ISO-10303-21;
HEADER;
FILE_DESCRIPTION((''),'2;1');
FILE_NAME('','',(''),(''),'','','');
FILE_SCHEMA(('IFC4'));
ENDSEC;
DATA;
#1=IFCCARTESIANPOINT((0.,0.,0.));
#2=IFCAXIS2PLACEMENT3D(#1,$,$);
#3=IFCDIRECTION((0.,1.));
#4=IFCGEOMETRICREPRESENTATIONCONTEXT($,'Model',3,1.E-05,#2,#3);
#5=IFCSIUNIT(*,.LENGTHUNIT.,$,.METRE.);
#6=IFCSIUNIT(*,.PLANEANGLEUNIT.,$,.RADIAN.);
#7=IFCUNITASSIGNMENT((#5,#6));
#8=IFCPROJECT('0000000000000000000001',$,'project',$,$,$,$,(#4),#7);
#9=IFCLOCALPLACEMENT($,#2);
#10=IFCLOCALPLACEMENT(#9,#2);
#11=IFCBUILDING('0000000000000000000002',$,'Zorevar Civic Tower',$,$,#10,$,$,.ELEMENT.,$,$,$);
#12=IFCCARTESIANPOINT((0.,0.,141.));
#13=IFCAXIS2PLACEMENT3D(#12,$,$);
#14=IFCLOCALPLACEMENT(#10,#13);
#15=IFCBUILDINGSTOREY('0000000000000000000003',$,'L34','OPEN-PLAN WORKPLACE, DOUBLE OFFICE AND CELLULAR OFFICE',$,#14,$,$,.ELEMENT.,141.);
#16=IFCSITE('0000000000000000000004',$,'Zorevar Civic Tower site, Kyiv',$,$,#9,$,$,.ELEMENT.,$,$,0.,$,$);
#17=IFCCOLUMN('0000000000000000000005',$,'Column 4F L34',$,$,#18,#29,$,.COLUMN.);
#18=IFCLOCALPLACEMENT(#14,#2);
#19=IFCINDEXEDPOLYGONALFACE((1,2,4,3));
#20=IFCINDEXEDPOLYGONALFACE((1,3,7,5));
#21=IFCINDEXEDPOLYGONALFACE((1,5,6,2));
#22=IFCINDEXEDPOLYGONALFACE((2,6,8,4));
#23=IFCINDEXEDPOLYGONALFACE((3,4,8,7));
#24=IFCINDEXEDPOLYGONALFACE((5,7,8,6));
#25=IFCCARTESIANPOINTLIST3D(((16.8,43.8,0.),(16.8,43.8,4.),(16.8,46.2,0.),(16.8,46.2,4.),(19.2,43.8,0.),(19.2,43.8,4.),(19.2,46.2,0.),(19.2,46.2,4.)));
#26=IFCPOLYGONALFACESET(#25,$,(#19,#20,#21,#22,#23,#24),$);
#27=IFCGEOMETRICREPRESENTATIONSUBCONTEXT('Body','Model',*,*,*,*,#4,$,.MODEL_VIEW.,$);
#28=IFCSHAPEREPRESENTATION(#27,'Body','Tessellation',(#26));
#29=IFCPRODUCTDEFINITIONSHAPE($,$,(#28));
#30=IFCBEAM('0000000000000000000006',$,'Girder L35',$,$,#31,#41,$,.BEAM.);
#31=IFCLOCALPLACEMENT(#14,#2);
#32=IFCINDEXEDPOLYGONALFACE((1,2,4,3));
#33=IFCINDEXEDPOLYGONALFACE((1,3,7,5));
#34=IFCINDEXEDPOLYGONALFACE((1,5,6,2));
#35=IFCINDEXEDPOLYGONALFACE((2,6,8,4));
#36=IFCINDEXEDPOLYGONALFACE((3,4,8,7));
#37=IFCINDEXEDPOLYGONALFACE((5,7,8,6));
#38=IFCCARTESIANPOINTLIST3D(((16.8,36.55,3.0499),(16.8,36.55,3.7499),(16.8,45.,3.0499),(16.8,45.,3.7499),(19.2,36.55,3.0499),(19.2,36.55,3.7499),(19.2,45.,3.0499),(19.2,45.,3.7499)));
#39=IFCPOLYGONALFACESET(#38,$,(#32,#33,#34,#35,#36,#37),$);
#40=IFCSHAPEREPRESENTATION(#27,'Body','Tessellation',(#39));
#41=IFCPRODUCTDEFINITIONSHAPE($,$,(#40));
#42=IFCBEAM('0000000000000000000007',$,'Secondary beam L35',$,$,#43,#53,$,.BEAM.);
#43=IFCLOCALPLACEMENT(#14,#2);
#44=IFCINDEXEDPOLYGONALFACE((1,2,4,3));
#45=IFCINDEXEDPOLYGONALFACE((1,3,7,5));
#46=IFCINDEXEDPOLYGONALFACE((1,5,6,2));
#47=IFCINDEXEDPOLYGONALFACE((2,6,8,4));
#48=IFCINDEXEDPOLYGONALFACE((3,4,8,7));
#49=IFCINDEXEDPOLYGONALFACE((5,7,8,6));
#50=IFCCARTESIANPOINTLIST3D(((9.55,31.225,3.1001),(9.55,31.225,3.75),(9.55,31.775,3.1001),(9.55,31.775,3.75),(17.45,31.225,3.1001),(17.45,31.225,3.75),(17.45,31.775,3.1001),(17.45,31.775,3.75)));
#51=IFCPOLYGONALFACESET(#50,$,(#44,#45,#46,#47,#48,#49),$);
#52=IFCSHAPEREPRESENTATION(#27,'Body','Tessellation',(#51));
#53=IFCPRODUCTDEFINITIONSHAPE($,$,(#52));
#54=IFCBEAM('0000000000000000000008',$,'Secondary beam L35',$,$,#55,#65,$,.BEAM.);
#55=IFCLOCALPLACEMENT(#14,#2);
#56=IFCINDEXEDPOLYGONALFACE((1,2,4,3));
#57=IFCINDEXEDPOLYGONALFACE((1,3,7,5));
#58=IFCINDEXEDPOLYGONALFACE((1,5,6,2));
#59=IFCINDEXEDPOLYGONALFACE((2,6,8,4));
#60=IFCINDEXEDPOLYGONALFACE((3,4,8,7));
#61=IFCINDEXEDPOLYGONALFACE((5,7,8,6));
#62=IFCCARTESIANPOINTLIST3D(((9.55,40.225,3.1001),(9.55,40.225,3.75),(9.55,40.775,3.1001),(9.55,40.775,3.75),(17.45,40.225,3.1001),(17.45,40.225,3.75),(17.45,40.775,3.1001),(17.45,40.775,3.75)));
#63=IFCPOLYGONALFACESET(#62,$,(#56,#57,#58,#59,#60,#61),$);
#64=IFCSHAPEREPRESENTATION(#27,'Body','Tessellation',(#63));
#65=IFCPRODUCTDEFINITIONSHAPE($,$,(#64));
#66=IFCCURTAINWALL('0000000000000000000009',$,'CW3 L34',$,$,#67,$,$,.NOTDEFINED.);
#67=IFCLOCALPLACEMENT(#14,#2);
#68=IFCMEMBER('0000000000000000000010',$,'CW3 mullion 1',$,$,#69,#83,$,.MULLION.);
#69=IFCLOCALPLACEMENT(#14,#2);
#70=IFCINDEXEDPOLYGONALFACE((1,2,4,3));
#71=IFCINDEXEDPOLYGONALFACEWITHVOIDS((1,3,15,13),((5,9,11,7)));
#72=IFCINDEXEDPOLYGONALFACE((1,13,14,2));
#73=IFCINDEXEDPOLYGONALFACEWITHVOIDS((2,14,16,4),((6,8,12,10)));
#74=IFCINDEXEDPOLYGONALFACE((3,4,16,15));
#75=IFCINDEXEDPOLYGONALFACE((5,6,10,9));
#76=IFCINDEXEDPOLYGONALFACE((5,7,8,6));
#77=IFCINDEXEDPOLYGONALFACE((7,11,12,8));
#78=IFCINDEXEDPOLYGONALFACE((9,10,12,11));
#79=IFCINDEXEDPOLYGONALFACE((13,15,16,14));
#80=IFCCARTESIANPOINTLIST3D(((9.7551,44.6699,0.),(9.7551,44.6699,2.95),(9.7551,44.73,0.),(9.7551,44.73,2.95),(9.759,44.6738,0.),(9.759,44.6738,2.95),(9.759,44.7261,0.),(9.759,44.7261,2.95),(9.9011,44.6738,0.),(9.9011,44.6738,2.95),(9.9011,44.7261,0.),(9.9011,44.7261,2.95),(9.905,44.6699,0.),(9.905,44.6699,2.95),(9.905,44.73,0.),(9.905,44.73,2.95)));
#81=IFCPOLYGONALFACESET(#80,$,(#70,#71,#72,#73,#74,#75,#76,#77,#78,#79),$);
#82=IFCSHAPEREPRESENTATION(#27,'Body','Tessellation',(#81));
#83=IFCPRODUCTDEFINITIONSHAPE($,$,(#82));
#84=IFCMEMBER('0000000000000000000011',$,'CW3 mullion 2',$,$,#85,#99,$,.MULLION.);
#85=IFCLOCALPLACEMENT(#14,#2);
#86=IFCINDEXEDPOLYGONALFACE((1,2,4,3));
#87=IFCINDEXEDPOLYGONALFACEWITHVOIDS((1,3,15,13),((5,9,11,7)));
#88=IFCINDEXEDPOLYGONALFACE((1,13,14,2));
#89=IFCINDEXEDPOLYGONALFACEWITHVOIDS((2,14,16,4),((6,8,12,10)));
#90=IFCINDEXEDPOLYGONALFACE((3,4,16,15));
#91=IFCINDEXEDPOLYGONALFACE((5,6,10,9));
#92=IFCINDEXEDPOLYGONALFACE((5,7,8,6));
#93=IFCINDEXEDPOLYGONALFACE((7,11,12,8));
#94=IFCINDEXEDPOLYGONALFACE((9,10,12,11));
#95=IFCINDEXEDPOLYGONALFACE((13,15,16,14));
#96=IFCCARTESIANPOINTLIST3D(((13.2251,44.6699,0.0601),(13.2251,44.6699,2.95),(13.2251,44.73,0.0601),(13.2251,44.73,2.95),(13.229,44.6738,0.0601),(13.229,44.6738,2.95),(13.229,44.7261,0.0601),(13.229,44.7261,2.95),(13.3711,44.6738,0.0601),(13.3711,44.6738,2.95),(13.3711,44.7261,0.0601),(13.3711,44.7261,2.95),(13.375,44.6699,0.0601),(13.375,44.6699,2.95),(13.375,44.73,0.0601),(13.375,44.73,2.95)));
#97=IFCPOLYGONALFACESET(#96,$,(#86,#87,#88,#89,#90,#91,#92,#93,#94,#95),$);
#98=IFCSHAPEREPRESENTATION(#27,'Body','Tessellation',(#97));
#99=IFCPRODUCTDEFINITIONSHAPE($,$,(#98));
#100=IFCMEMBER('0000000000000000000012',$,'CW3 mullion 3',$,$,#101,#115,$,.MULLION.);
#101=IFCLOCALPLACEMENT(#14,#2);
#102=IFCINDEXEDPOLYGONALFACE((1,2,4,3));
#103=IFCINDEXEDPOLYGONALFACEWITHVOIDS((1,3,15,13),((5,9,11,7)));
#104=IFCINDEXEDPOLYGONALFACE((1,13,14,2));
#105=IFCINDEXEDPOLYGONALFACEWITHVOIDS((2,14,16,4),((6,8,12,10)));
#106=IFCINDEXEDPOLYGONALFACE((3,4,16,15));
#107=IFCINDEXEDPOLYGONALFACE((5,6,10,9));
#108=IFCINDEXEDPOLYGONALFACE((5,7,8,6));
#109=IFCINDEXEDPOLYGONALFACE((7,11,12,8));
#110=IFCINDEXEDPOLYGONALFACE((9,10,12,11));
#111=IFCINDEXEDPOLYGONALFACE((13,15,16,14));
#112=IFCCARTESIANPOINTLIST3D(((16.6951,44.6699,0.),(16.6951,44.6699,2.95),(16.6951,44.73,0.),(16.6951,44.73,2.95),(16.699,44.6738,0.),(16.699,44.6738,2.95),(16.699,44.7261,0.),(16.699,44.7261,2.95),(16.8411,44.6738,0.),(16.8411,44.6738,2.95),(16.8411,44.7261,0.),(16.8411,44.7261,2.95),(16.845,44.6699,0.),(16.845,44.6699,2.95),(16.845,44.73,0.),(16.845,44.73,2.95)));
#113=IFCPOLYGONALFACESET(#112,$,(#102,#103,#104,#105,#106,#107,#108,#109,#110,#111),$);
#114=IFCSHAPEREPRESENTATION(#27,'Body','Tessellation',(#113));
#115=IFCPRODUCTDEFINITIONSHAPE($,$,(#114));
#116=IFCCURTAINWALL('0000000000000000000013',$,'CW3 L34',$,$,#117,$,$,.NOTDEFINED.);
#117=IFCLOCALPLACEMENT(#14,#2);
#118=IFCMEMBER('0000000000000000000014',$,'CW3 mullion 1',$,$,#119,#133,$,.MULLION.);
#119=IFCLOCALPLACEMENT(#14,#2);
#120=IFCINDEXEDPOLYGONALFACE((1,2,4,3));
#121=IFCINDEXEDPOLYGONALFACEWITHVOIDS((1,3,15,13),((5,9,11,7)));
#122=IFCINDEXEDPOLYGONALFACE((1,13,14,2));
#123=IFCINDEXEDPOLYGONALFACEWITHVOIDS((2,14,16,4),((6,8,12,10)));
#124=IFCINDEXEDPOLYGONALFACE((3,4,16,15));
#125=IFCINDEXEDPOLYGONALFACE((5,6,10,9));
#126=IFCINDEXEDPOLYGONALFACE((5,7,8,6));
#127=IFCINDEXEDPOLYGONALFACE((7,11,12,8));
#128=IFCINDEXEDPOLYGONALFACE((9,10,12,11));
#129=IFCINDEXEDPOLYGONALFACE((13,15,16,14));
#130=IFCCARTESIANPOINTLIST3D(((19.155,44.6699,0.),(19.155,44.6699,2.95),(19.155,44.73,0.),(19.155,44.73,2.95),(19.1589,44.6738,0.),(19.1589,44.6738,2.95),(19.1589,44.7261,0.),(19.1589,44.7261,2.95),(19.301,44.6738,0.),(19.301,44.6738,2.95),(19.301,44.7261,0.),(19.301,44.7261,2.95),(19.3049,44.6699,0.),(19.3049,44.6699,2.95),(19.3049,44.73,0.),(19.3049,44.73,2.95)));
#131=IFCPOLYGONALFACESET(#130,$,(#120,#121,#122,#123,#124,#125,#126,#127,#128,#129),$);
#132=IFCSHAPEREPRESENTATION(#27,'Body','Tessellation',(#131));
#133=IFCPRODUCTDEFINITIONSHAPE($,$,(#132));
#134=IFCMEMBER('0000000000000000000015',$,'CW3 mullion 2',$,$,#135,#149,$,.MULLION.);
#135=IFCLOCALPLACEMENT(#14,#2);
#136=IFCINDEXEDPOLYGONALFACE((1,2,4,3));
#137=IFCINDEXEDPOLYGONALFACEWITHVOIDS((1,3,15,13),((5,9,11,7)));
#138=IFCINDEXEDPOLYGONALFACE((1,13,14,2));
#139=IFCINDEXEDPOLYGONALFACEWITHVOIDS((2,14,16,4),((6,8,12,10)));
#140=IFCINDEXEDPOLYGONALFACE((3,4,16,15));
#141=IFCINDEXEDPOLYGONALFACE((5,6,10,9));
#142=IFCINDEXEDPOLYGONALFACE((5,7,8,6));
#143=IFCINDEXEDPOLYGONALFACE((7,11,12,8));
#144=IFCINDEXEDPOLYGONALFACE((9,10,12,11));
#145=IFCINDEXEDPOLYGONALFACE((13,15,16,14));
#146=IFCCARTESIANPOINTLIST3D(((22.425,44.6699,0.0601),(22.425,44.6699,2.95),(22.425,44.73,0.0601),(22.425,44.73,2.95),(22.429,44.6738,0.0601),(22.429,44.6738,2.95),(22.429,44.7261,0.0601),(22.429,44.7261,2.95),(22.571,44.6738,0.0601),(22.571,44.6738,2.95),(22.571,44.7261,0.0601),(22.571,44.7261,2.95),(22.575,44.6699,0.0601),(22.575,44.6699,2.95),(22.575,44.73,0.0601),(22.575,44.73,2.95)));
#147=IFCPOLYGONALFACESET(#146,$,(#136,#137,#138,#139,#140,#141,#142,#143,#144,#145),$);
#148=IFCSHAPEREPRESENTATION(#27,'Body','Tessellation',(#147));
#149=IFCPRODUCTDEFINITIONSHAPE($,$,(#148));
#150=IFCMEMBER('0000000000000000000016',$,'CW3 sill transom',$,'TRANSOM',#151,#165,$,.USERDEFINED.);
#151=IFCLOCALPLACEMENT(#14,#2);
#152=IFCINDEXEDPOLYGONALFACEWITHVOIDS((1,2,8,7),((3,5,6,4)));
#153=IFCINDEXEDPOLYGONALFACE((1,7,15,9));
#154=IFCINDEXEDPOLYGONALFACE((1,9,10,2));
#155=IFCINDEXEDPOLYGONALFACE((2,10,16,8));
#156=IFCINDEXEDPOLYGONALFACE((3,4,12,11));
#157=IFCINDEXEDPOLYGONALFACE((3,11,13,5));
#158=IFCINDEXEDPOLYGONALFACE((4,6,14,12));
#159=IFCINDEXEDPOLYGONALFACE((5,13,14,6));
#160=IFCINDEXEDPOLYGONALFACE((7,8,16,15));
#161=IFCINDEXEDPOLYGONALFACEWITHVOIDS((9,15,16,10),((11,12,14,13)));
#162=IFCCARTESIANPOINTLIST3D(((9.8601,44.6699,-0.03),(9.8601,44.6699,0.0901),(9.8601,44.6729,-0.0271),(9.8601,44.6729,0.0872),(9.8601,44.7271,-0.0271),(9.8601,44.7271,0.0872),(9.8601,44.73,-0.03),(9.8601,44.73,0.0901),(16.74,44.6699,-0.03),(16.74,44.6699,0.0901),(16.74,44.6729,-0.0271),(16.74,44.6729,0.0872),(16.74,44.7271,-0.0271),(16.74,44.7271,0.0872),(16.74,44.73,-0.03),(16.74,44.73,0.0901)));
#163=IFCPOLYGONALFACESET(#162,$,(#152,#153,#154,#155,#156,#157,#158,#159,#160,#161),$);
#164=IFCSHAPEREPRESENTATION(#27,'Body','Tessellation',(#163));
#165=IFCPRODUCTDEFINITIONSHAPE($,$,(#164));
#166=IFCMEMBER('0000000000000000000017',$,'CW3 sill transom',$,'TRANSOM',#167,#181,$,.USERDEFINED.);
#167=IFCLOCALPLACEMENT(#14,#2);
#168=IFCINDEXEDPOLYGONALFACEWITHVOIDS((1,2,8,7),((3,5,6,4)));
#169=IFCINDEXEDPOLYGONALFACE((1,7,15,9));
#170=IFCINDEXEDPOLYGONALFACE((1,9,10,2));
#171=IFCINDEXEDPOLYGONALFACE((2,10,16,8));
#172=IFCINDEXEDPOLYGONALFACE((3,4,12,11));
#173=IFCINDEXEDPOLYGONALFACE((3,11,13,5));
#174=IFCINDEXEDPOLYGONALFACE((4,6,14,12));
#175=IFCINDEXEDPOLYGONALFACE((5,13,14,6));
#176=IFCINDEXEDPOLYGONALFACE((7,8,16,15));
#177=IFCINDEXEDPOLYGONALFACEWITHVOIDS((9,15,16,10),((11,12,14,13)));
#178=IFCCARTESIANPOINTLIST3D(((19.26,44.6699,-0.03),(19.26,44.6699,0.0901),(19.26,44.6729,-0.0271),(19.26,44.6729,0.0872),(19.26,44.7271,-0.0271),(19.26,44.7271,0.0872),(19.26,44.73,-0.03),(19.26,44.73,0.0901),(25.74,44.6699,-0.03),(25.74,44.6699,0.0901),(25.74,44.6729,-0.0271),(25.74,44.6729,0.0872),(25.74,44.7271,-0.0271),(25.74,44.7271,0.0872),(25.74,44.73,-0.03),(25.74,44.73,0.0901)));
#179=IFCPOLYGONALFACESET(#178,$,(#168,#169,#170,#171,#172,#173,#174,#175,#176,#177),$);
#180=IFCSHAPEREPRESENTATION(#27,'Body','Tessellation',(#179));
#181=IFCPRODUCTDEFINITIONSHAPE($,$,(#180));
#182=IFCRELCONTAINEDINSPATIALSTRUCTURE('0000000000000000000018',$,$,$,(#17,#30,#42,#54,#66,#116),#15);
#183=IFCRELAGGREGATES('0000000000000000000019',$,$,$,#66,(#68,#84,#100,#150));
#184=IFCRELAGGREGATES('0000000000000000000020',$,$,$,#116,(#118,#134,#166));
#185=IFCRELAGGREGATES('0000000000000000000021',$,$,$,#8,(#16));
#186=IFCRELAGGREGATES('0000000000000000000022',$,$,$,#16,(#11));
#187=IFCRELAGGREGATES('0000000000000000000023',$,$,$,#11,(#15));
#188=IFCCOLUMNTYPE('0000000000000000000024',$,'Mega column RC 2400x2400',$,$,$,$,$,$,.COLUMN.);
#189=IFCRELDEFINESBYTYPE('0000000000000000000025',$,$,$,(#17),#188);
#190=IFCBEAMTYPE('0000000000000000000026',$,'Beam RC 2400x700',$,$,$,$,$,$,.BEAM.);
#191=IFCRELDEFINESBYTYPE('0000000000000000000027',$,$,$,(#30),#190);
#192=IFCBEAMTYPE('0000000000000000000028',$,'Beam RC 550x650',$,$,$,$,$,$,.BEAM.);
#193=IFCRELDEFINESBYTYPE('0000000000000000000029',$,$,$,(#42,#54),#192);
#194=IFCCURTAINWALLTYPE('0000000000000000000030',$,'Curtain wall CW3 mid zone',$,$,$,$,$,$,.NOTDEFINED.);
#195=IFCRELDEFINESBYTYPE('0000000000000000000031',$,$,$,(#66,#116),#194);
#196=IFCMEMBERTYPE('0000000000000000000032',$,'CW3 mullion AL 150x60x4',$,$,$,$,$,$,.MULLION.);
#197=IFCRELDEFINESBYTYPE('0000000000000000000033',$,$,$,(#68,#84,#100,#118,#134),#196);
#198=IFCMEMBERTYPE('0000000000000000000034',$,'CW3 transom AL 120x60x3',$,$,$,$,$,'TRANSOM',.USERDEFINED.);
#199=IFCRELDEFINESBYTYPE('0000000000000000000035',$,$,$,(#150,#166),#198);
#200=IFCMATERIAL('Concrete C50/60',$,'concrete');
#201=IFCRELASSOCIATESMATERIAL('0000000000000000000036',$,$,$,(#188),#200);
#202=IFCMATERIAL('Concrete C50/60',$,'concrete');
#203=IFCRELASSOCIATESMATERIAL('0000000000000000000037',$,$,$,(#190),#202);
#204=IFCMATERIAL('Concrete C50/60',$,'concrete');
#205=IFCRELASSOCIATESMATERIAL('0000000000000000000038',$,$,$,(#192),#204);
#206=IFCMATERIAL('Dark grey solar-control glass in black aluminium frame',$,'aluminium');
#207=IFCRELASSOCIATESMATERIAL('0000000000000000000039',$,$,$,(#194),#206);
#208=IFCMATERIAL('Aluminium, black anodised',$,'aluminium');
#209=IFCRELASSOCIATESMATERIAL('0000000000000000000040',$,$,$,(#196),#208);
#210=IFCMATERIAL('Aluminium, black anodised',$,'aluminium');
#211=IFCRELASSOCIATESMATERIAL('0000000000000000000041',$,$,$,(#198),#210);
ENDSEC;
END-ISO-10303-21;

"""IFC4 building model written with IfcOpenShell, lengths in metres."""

from ifc_helpers import new_model, si_unit, direction, frame, origin, origin_2d, place, context, subcontext, project, spatial, rectangle, hollow_rectangle, extrude, material, material_profile, profile_set, type_object, element, aggregate, save


model = new_model("IFC4")

# Units and contexts
model_context = context("Model", 3, precision=1e-05, world=origin(), true_north=direction((0.0, 1.0)))
body_context = subcontext(model_context, "Body", "Model", "MODEL_VIEW")
ifc_project = project(units=[si_unit("LENGTHUNIT", "METRE"), si_unit("PLANEANGLEUNIT", "RADIAN")], contexts=[model_context])

# Site, building, storey
site_placement = place(None, origin())
site = spatial("IfcSite", under=ifc_project, at=site_placement, Name="Zorevar Civic Tower site, Kyiv", CompositionType="ELEMENT", RefElevation=0.0)
building_placement = place(site_placement, origin())
building = spatial("IfcBuilding", under=site, at=building_placement, Name="Zorevar Civic Tower", CompositionType="ELEMENT")
storey_placement = place(building_placement, frame((0.0, 0.0, 141.0)))
storey = spatial("IfcBuildingStorey", under=building, at=storey_placement, Name="L34", Description="OPEN-PLAN WORKPLACE, DOUBLE OFFICE AND CELLULAR OFFICE", CompositionType="ELEMENT", Elevation=141.0)

# Column
ifc_material_1 = material(Name="Concrete C50/60", Category="concrete")
ifc_material_profile_1 = material_profile(ifc_material_1, rectangle(XDim=2.3999, YDim=2.3999, at=origin_2d()), Name="RC 2400x2400")
ifc_profile_set_1 = profile_set([ifc_material_profile_1], Name="Concrete C50/60")
column_type = type_object("IfcColumnType", Name="Mega column RC 2400x2400", PredefinedType="COLUMN", material=ifc_profile_set_1)
column_placement = place(storey_placement, frame((18.0, 45.0, 0.0), z_axis=(0.0, 0.0, 1.0), x_axis=(1.0, 0.0, 0.0)))
element("IfcColumn", 1, at=column_placement, inside=storey, type_object=column_type, Name="Column 4F L34", PredefinedType="COLUMN", context=body_context, shape_type="SweptSolid", body=[
    extrude(rectangle(XDim=2.3999, YDim=2.3999, at=origin_2d()), origin(), (0.0, 0.0, 1.0), 4.0),
])

# Beams
ifc_material_2 = material(Name="Concrete C50/60", Category="concrete")
ifc_material_profile_2 = material_profile(ifc_material_2, rectangle(XDim=2.3999, YDim=0.7, at=origin_2d()), Name="RC 2400x700")
ifc_profile_set_2 = profile_set([ifc_material_profile_2], Name="Concrete C50/60")
beam_type_1 = type_object("IfcBeamType", Name="Beam RC 2400x700", PredefinedType="BEAM", material=ifc_profile_set_2)
beam_1_placement = place(storey_placement, frame((18.0, 36.55, 3.3999), z_axis=(0.0, 1.0, 0.0), x_axis=(-1.0, 0.0, 0.0)))
element("IfcBeam", 2, at=beam_1_placement, inside=storey, type_object=beam_type_1, Name="Girder L35", PredefinedType="BEAM", context=body_context, shape_type="SweptSolid", body=[
    extrude(rectangle(XDim=2.3999, YDim=0.7, at=origin_2d()), origin(), (0.0, 0.0, 1.0), 8.45),
])
ifc_material_3 = material(Name="Concrete C50/60", Category="concrete")
ifc_material_profile_3 = material_profile(ifc_material_3, rectangle(XDim=0.55, YDim=0.6499, at=origin_2d()), Name="RC 550x650")
ifc_profile_set_3 = profile_set([ifc_material_profile_3], Name="Concrete C50/60")
beam_type_2 = type_object("IfcBeamType", Name="Beam RC 550x650", PredefinedType="BEAM", material=ifc_profile_set_3)
for number, where, z_axis, x_axis, name in (
    (3, (9.55, 31.5, 3.425), (1.0, 0.0, 0.0), (0.0, 1.0, 0.0), "Secondary beam L35"),
    (4, (9.55, 40.5, 3.425), (1.0, 0.0, 0.0), (0.0, 1.0, 0.0), "Secondary beam L35"),
):
    element("IfcBeam", number, at=place(storey_placement, frame(where, z_axis=z_axis, x_axis=x_axis)), inside=storey, type_object=beam_type_2, Name=name, PredefinedType="BEAM", context=body_context, shape_type="SweptSolid", body=[
        extrude(rectangle(XDim=0.55, YDim=0.6499, at=origin_2d()), origin(), (0.0, 0.0, 1.0), 7.8999),
    ])

# Curtain walls, members
ifc_material_4 = material(Name="Dark grey solar-control glass in black aluminium frame", Category="aluminium")
curtain_wall_type = type_object("IfcCurtainWallType", Name="Curtain wall CW3 mid zone", PredefinedType="NOTDEFINED", material=ifc_material_4)
curtain_wall_1_placement = place(storey_placement, origin())
curtain_wall_1 = element("IfcCurtainWall", 5, at=curtain_wall_1_placement, inside=storey, type_object=curtain_wall_type, Name="CW3 L34", PredefinedType="NOTDEFINED")
ifc_material_5 = material(Name="Aluminium, black anodised", Category="aluminium")
ifc_material_profile_4 = material_profile(ifc_material_5, hollow_rectangle(XDim=0.0601, YDim=0.1499, WallThickness=0.0039, at=origin_2d()), Name="AL 150x60x4")
ifc_profile_set_4 = profile_set([ifc_material_profile_4], Name="Aluminium, black anodised")
member_type_1 = type_object("IfcMemberType", Name="CW3 mullion AL 150x60x4", PredefinedType="MULLION", material=ifc_profile_set_4)
member_1_placement = place(storey_placement, frame((9.8301, 44.7, 0.0), z_axis=(0.0, 0.0, 1.0), x_axis=(0.0, 1.0, 0.0)))
member_1 = element("IfcMember", 6, at=member_1_placement, type_object=member_type_1, Name="CW3 mullion 1", PredefinedType="MULLION", context=body_context, shape_type="SweptSolid", body=[
    extrude(hollow_rectangle(XDim=0.0601, YDim=0.1499, WallThickness=0.0039, at=origin_2d()), origin(), (0.0, 0.0, 1.0), 2.95),
])
member_2_placement = place(storey_placement, frame((13.3, 44.7, 0.0601), z_axis=(0.0, 0.0, 1.0), x_axis=(0.0, 1.0, 0.0)))
member_2 = element("IfcMember", 7, at=member_2_placement, type_object=member_type_1, Name="CW3 mullion 2", PredefinedType="MULLION", context=body_context, shape_type="SweptSolid", body=[
    extrude(hollow_rectangle(XDim=0.0601, YDim=0.1499, WallThickness=0.0039, at=origin_2d()), origin(), (0.0, 0.0, 1.0), 2.8899),
])
member_3_placement = place(storey_placement, frame((16.77, 44.7, 0.0), z_axis=(0.0, 0.0, 1.0), x_axis=(0.0, 1.0, 0.0)))
member_3 = element("IfcMember", 8, at=member_3_placement, type_object=member_type_1, Name="CW3 mullion 3", PredefinedType="MULLION", context=body_context, shape_type="SweptSolid", body=[
    extrude(hollow_rectangle(XDim=0.0601, YDim=0.1499, WallThickness=0.0039, at=origin_2d()), origin(), (0.0, 0.0, 1.0), 2.95),
])
curtain_wall_2_placement = place(storey_placement, origin())
curtain_wall_2 = element("IfcCurtainWall", 9, at=curtain_wall_2_placement, inside=storey, type_object=curtain_wall_type, Name="CW3 L34", PredefinedType="NOTDEFINED")
member_4_placement = place(storey_placement, frame((19.23, 44.7, 0.0), z_axis=(0.0, 0.0, 1.0), x_axis=(0.0, 1.0, 0.0)))
member_4 = element("IfcMember", 10, at=member_4_placement, type_object=member_type_1, Name="CW3 mullion 1", PredefinedType="MULLION", context=body_context, shape_type="SweptSolid", body=[
    extrude(hollow_rectangle(XDim=0.0601, YDim=0.1499, WallThickness=0.0039, at=origin_2d()), origin(), (0.0, 0.0, 1.0), 2.95),
])
member_5_placement = place(storey_placement, frame((22.5, 44.7, 0.0601), z_axis=(0.0, 0.0, 1.0), x_axis=(0.0, 1.0, 0.0)))
member_5 = element("IfcMember", 11, at=member_5_placement, type_object=member_type_1, Name="CW3 mullion 2", PredefinedType="MULLION", context=body_context, shape_type="SweptSolid", body=[
    extrude(hollow_rectangle(XDim=0.0601, YDim=0.1499, WallThickness=0.0039, at=origin_2d()), origin(), (0.0, 0.0, 1.0), 2.8899),
])

# Members
ifc_material_6 = material(Name="Aluminium, black anodised", Category="aluminium")
ifc_material_profile_5 = material_profile(ifc_material_6, hollow_rectangle(XDim=0.0601, YDim=0.1201, WallThickness=0.0029, at=origin_2d()), Name="AL 120x60x3")
ifc_profile_set_5 = profile_set([ifc_material_profile_5], Name="Aluminium, black anodised")
member_type_2 = type_object("IfcMemberType", Name="CW3 transom AL 120x60x3", ElementType="TRANSOM", PredefinedType="USERDEFINED", material=ifc_profile_set_5)
member_6_placement = place(storey_placement, frame((9.8601, 44.7, 0.03), z_axis=(1.0, 0.0, 0.0), x_axis=(0.0, 1.0, 0.0)))
member_6 = element("IfcMember", 12, at=member_6_placement, type_object=member_type_2, Name="CW3 sill transom", ObjectType="TRANSOM", PredefinedType="USERDEFINED", context=body_context, shape_type="SweptSolid", body=[
    extrude(hollow_rectangle(XDim=0.0601, YDim=0.1201, WallThickness=0.0029, at=origin_2d()), origin(), (0.0, 0.0, 1.0), 6.8799),
])
member_7_placement = place(storey_placement, frame((19.26, 44.7, 0.03), z_axis=(1.0, 0.0, 0.0), x_axis=(0.0, 1.0, 0.0)))
member_7 = element("IfcMember", 13, at=member_7_placement, type_object=member_type_2, Name="CW3 sill transom", ObjectType="TRANSOM", PredefinedType="USERDEFINED", context=body_context, shape_type="SweptSolid", body=[
    extrude(hollow_rectangle(XDim=0.0601, YDim=0.1201, WallThickness=0.0029, at=origin_2d()), origin(), (0.0, 0.0, 1.0), 6.48),
])

aggregate(curtain_wall_1, [member_1, member_2, member_3, member_6])
aggregate(curtain_wall_2, [member_4, member_5, member_7])

save(model, "model.ifc")
